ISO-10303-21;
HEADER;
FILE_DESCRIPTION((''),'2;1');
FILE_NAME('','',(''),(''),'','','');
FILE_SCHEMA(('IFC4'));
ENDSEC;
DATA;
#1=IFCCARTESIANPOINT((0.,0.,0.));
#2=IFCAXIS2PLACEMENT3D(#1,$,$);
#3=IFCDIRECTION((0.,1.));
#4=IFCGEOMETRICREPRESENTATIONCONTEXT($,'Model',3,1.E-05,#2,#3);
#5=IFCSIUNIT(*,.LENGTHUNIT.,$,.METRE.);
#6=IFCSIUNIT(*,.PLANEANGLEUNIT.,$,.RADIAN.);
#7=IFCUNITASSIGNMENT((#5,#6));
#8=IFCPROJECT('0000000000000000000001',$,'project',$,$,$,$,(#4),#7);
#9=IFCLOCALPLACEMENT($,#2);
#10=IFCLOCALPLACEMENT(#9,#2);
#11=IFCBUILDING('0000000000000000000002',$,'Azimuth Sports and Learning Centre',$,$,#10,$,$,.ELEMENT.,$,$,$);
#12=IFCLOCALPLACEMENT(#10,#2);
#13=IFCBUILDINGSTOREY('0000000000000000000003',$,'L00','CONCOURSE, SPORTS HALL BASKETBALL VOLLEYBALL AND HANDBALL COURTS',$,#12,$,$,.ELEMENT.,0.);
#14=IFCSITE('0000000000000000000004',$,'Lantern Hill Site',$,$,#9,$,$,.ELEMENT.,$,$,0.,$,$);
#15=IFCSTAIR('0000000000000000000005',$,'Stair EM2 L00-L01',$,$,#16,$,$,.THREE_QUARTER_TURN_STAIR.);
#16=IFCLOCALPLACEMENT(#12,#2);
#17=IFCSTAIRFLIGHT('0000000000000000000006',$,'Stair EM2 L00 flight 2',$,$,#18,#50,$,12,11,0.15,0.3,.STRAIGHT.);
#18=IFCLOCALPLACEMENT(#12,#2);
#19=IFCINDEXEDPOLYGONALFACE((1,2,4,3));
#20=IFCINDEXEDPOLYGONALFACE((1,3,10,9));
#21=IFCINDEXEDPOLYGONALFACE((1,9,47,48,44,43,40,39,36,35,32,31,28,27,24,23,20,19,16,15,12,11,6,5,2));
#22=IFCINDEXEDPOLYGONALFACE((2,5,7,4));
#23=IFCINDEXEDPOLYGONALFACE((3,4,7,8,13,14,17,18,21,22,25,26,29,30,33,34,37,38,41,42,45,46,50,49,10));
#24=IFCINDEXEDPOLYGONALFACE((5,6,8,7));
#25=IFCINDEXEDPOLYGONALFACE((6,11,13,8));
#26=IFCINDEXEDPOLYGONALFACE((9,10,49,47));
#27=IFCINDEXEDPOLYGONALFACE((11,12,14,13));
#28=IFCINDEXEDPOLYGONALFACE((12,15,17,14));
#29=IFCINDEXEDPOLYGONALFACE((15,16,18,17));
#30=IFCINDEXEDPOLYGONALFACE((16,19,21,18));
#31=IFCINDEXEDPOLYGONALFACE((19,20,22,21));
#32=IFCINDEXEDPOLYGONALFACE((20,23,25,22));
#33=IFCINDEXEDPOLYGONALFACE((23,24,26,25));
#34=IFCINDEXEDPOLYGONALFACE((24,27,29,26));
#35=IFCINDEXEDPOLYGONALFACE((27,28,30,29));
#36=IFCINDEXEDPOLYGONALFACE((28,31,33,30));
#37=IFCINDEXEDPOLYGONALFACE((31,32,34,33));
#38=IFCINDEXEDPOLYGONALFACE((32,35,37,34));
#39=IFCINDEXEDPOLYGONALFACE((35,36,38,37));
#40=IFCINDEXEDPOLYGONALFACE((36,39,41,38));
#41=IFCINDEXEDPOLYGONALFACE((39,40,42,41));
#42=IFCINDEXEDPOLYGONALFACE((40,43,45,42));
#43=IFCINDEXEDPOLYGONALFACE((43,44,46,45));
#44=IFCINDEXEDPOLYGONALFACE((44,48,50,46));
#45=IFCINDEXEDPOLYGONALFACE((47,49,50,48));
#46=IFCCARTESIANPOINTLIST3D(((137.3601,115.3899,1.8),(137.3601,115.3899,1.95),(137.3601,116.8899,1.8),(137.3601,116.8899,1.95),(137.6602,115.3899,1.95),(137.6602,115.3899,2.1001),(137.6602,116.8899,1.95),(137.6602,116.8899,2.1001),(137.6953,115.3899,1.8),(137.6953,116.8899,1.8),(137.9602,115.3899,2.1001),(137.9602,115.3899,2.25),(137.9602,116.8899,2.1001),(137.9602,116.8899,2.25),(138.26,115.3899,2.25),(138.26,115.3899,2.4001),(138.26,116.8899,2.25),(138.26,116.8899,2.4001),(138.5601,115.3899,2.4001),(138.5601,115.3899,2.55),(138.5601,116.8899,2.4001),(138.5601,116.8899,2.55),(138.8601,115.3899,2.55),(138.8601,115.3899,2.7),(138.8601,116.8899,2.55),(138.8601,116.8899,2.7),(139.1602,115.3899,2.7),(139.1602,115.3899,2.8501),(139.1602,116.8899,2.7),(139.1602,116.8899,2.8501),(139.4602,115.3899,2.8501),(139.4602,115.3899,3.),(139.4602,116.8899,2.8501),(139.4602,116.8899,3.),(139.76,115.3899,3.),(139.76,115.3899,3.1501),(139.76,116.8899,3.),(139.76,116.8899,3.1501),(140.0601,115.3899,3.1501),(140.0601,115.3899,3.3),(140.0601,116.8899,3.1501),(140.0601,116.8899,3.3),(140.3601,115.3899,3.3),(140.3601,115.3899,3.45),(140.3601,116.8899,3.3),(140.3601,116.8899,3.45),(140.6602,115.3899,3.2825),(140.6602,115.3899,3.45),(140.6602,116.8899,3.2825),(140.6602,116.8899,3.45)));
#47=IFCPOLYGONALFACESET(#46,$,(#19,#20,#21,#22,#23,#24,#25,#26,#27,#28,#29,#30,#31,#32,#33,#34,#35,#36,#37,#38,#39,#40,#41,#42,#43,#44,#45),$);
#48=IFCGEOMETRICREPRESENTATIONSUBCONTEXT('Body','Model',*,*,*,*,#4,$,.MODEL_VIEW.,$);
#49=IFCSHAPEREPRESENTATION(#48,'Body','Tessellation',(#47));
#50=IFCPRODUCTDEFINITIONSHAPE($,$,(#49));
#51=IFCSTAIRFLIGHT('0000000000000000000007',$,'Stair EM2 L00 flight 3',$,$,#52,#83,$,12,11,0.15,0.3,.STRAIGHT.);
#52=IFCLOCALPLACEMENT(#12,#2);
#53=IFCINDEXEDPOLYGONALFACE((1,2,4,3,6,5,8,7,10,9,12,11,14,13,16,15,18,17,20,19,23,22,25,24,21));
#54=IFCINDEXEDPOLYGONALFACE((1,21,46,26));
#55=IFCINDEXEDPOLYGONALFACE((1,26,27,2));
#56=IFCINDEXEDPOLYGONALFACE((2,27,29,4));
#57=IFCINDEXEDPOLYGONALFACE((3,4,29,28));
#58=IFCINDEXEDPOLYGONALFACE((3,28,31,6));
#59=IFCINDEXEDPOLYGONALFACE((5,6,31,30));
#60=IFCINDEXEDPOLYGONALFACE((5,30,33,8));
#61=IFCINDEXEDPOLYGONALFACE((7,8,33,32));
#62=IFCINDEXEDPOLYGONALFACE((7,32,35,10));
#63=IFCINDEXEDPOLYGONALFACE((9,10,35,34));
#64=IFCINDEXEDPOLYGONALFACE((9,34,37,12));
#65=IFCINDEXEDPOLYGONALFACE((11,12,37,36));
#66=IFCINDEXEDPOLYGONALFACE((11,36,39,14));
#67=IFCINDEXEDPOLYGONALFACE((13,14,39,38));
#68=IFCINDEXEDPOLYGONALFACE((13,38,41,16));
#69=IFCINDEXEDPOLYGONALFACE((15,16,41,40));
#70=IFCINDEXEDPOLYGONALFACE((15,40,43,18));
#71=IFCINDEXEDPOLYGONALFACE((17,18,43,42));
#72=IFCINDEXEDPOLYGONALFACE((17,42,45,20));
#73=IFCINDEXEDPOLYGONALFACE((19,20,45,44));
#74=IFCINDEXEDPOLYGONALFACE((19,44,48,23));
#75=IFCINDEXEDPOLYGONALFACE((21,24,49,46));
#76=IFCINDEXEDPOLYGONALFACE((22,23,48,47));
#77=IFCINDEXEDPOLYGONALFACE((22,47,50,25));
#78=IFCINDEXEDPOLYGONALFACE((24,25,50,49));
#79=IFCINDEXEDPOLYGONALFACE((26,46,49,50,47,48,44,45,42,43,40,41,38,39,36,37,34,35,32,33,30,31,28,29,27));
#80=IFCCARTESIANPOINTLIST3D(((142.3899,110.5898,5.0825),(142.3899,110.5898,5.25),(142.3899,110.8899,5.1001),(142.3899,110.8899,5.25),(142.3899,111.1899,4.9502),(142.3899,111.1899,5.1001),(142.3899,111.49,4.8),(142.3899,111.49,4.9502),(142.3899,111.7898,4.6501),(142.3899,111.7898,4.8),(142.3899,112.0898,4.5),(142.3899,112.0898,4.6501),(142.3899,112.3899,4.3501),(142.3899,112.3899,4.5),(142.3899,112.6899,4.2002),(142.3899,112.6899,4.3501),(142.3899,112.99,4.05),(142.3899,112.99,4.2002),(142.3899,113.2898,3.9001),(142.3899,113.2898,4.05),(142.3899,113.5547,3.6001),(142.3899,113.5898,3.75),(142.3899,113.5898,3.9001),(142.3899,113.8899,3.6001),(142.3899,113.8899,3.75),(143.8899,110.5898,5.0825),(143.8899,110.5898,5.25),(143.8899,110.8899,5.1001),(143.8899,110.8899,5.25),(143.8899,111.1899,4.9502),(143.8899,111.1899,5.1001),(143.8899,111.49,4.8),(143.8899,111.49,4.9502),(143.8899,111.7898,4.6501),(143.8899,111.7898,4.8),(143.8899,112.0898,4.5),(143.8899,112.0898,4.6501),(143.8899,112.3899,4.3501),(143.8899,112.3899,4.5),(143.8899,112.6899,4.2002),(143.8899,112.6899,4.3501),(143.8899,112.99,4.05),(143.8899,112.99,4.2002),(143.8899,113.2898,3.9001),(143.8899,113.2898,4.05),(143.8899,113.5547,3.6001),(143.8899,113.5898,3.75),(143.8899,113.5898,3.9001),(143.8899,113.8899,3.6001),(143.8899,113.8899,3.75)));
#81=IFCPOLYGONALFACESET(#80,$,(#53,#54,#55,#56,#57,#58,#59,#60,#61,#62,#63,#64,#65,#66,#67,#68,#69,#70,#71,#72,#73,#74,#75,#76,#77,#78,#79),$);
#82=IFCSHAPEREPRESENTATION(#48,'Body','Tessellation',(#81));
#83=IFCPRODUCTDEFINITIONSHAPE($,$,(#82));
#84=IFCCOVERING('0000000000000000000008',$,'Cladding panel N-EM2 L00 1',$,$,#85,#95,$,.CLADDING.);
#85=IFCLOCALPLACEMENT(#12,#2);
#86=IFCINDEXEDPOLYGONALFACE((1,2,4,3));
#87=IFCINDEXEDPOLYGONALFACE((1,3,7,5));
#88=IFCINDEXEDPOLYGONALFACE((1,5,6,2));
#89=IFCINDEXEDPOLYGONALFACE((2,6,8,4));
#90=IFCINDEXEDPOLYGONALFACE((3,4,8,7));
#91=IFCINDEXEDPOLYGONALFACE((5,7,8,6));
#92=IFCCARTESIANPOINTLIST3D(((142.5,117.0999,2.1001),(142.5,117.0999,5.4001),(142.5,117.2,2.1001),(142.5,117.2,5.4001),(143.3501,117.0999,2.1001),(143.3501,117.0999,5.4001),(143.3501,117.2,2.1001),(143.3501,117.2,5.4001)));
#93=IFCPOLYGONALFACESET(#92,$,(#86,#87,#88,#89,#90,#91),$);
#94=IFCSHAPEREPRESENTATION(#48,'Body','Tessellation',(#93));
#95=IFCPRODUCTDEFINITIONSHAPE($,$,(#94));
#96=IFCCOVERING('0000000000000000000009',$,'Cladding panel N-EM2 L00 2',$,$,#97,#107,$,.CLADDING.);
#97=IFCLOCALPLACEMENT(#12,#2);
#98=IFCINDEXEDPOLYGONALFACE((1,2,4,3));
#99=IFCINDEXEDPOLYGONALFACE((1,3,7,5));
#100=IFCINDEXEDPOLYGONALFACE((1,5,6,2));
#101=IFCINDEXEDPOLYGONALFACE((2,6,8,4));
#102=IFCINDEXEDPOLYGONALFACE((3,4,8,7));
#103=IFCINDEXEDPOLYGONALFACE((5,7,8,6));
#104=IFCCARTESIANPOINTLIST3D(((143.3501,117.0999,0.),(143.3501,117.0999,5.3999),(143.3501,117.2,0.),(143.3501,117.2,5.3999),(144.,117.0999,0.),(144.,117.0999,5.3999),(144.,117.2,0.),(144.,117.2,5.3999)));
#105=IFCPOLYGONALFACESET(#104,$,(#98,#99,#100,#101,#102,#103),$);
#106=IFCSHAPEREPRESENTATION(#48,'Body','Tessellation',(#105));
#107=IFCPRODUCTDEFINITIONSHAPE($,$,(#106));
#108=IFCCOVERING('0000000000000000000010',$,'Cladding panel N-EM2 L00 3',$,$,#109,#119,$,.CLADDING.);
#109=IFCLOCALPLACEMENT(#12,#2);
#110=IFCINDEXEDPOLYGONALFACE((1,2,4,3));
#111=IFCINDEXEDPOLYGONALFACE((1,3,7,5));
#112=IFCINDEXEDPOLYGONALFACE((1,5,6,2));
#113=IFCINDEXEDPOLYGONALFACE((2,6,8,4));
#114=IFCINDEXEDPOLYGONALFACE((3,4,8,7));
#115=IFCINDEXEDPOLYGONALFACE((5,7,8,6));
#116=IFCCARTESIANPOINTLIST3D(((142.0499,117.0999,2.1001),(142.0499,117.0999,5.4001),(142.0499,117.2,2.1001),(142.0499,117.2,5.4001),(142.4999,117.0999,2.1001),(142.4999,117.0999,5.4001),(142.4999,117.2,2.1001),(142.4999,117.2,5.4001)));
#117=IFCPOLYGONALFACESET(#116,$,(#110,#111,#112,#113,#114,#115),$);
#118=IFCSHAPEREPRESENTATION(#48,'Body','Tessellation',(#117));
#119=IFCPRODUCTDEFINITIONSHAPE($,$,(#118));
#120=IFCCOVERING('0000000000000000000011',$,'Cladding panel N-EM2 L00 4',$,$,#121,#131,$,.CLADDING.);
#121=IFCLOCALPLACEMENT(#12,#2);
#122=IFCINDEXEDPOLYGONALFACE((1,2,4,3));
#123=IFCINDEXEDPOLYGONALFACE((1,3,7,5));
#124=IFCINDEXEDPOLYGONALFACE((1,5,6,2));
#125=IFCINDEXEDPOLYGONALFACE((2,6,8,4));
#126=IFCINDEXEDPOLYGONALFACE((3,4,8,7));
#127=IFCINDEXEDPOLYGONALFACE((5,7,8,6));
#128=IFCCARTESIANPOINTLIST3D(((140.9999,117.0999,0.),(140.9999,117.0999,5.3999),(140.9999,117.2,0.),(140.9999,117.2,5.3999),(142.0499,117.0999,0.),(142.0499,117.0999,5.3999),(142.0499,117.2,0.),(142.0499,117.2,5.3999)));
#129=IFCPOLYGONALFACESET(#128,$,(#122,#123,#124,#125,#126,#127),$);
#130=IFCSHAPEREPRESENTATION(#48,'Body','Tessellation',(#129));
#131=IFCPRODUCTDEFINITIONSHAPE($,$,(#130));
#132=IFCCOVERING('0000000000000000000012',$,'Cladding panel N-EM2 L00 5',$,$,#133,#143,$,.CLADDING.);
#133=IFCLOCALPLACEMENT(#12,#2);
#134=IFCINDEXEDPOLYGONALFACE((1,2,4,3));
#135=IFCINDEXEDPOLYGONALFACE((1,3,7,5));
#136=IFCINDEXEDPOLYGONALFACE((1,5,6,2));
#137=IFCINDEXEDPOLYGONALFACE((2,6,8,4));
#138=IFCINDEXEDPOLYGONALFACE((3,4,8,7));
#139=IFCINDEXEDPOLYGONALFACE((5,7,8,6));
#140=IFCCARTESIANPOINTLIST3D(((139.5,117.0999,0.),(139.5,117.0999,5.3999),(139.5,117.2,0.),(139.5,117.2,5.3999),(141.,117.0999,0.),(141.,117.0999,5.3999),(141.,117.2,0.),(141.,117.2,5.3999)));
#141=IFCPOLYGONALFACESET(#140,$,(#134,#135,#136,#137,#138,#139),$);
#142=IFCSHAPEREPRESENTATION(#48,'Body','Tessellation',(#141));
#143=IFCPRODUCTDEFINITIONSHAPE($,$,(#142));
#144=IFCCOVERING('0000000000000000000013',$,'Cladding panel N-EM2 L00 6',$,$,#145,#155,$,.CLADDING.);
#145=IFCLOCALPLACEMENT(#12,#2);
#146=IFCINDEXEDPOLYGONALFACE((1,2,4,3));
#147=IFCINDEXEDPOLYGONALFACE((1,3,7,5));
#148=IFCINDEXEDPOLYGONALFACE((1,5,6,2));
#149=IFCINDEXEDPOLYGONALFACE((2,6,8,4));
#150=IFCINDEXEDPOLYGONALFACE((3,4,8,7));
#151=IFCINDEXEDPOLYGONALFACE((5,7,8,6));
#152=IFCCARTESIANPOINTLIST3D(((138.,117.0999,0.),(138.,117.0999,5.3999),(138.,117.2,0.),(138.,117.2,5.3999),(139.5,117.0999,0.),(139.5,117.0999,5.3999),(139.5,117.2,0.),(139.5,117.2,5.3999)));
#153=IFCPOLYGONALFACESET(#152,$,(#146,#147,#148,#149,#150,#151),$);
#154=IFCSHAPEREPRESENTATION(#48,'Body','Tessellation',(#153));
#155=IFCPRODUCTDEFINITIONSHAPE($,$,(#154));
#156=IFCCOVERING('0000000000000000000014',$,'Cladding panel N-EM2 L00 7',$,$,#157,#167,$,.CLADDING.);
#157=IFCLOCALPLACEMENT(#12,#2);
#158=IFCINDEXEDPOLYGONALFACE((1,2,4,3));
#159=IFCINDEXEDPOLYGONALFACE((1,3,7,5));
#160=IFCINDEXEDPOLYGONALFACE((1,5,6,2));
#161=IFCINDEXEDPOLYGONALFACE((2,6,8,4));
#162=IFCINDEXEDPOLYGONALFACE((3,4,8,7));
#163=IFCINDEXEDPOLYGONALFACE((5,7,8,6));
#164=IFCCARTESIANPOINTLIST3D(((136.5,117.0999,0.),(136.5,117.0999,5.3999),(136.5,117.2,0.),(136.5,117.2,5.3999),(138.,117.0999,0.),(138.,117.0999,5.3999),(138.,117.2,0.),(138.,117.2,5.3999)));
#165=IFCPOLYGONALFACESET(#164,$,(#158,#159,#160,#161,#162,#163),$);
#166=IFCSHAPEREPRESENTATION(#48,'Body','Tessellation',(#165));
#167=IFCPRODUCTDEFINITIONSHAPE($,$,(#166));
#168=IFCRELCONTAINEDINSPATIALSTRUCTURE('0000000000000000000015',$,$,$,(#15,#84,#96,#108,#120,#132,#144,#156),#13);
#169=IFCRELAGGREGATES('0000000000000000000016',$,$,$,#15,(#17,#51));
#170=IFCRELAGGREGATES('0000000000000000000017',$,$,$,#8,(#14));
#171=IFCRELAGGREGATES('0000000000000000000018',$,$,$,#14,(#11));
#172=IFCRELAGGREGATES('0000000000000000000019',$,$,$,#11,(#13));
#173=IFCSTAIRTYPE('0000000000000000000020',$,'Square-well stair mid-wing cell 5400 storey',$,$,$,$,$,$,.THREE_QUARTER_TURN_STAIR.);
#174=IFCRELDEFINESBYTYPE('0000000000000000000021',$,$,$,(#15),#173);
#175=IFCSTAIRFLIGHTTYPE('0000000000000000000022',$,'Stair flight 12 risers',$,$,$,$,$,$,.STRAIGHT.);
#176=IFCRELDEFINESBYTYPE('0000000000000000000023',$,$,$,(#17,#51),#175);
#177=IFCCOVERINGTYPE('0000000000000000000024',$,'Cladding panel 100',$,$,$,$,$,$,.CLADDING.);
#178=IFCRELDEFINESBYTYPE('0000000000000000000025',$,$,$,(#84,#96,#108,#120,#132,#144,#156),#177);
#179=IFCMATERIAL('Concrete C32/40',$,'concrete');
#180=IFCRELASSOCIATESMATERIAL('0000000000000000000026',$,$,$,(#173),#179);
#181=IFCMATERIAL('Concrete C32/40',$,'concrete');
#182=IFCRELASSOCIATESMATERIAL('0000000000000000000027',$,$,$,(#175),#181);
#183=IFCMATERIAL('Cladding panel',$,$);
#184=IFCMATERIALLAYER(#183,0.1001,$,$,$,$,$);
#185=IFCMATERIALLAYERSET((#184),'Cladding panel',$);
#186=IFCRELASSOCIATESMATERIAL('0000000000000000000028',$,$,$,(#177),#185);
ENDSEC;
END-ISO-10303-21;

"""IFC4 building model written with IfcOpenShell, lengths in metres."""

from ifc_helpers import new_model, si_unit, direction, frame, origin, origin_2d, place, context, subcontext, project, spatial, polyline, rectangle, outline, extrude, material, layer, layer_set, type_object, element, aggregate, save


model = new_model("IFC4")

# Units and contexts
model_context = context("Model", 3, precision=1e-05, world=origin(), true_north=direction((0.0, 1.0)))
body_context = subcontext(model_context, "Body", "Model", "MODEL_VIEW")
ifc_project = project(units=[si_unit("LENGTHUNIT", "METRE"), si_unit("PLANEANGLEUNIT", "RADIAN")], contexts=[model_context])

# Site, building, storey
site_placement = place(None, origin())
site = spatial("IfcSite", under=ifc_project, at=site_placement, Name="Lantern Hill Site", CompositionType="ELEMENT", RefElevation=0.0)
building_placement = place(site_placement, origin())
building = spatial("IfcBuilding", under=site, at=building_placement, Name="Azimuth Sports and Learning Centre", CompositionType="ELEMENT")
storey_placement = place(building_placement, origin())
storey = spatial("IfcBuildingStorey", under=building, at=storey_placement, Name="L00", Description="CONCOURSE, SPORTS HALL BASKETBALL VOLLEYBALL AND HANDBALL COURTS", CompositionType="ELEMENT", Elevation=0.0)

# Stair, stair flights
ifc_material_1 = material(Name="Concrete C32/40", Category="concrete")
stair_type = type_object("IfcStairType", Name="Square-well stair mid-wing cell 5400 storey", PredefinedType="THREE_QUARTER_TURN_STAIR", material=ifc_material_1)
stair_placement = place(storey_placement, origin())
stair = element("IfcStair", 1, at=stair_placement, inside=storey, type_object=stair_type, Name="Stair EM2 L00-L01", PredefinedType="THREE_QUARTER_TURN_STAIR")
ifc_material_2 = material(Name="Concrete C32/40", Category="concrete")
stair_flight_type = type_object("IfcStairFlightType", Name="Stair flight 12 risers", PredefinedType="STRAIGHT", material=ifc_material_2)
stair_flight_1_placement = place(storey_placement, frame((137.3601, 116.1399, 1.8), z_axis=(0.0, 0.0, 1.0), x_axis=(1.0, 0.0, 0.0)))
stair_flight_1 = element("IfcStairFlight", 2, at=stair_flight_1_placement, type_object=stair_flight_type, Name="Stair EM2 L00 flight 2", NumberOfRisers=12, NumberOfTreads=11, PredefinedType="STRAIGHT", RiserHeight=0.15, TreadLength=0.3, context=body_context, shape_type="SweptSolid", body=[
    extrude(outline(polyline([(0.0, 0.0), (0.0, 0.1499), (0.3, 0.1499), (0.3, 0.3), (0.6001, 0.3), (0.6001, 0.45), (0.8999, 0.45), (0.8999, 0.6001), (1.2, 0.6001), (1.2, 0.75), (1.5, 0.75), (1.5, 0.8999), (1.8, 0.8999), (1.8, 1.05), (2.1001, 1.05), (2.1001, 1.2), (2.3999, 1.2), (2.3999, 1.3501), (2.7, 1.3501), (2.7, 1.5), (3.0, 1.5), (3.0, 1.6499), (3.3, 1.6499), (3.3, 1.8), (3.3, 1.4824), (0.3352, 0.0), (0.0, 0.0)])), frame((0.0, 0.75, 0.0), z_axis=(0.0, -1.0, 0.0), x_axis=(1.0, 0.0, 0.0)), (0.0, 0.0, 1.0), 1.5),
])
stair_flight_2_placement = place(storey_placement, frame((143.1399, 113.8899, 3.6001), z_axis=(0.0, 0.0, 1.0), x_axis=(0.0, -1.0, 0.0)))
stair_flight_2 = element("IfcStairFlight", 3, at=stair_flight_2_placement, type_object=stair_flight_type, Name="Stair EM2 L00 flight 3", NumberOfRisers=12, NumberOfTreads=11, PredefinedType="STRAIGHT", RiserHeight=0.15, TreadLength=0.3, context=body_context, shape_type="SweptSolid", body=[
    extrude(outline(polyline([(0.0, 0.0), (0.0, 0.1499), (0.3, 0.1499), (0.3, 0.3), (0.6001, 0.3), (0.6001, 0.45), (0.8999, 0.45), (0.8999, 0.6001), (1.2, 0.6001), (1.2, 0.75), (1.5, 0.75), (1.5, 0.8999), (1.8, 0.8999), (1.8, 1.05), (2.1001, 1.05), (2.1001, 1.2), (2.3999, 1.2), (2.3999, 1.3501), (2.7, 1.3501), (2.7, 1.5), (3.0, 1.5), (3.0, 1.6499), (3.3, 1.6499), (3.3, 1.8), (3.3, 1.4824), (0.3352, 0.0), (0.0, 0.0)])), frame((0.0, 0.75, 0.0), z_axis=(0.0, -1.0, 0.0), x_axis=(1.0, 0.0, 0.0)), (0.0, 0.0, 1.0), 1.5),
])
aggregate(stair, [stair_flight_1, stair_flight_2])

# Coverings
ifc_material_3 = material(Name="Cladding panel")
ifc_layer_1 = layer(ifc_material_3, 0.1001)
ifc_layer_set_1 = layer_set([ifc_layer_1], Name="Cladding panel")
covering_type = type_object("IfcCoveringType", Name="Cladding panel 100", PredefinedType="CLADDING", material=ifc_layer_set_1)
covering_1_placement = place(storey_placement, frame((142.925, 117.1499, 2.1001), z_axis=(0.0, 0.0, 1.0), x_axis=(-1.0, 0.0, 0.0)))
element("IfcCovering", 4, at=covering_1_placement, inside=storey, type_object=covering_type, Name="Cladding panel N-EM2 L00 1", PredefinedType="CLADDING", context=body_context, shape_type="SweptSolid", body=[
    extrude(rectangle(XDim=0.8501, YDim=0.1001, at=origin_2d()), origin(), (0.0, 0.0, 1.0), 3.3),
])
covering_2_placement = place(storey_placement, frame((143.675, 117.1499, 0.0), z_axis=(0.0, 0.0, 1.0), x_axis=(-1.0, 0.0, 0.0)))
element("IfcCovering", 5, at=covering_2_placement, inside=storey, type_object=covering_type, Name="Cladding panel N-EM2 L00 2", PredefinedType="CLADDING", context=body_context, shape_type="SweptSolid", body=[
    extrude(rectangle(XDim=0.6499, YDim=0.1001, at=origin_2d()), origin(), (0.0, 0.0, 1.0), 5.3999),
])
covering_3_placement = place(storey_placement, frame((142.2749, 117.1499, 2.1001), z_axis=(0.0, 0.0, 1.0), x_axis=(-1.0, 0.0, 0.0)))
element("IfcCovering", 6, at=covering_3_placement, inside=storey, type_object=covering_type, Name="Cladding panel N-EM2 L00 3", PredefinedType="CLADDING", context=body_context, shape_type="SweptSolid", body=[
    extrude(rectangle(XDim=0.45, YDim=0.1001, at=origin_2d()), origin(), (0.0, 0.0, 1.0), 3.3),
])
covering_4_placement = place(storey_placement, frame((141.5249, 117.1499, 0.0), z_axis=(0.0, 0.0, 1.0), x_axis=(-1.0, 0.0, 0.0)))
element("IfcCovering", 7, at=covering_4_placement, inside=storey, type_object=covering_type, Name="Cladding panel N-EM2 L00 4", PredefinedType="CLADDING", context=body_context, shape_type="SweptSolid", body=[
    extrude(rectangle(XDim=1.05, YDim=0.1001, at=origin_2d()), origin(), (0.0, 0.0, 1.0), 5.3999),
])
for number, where, z_axis, x_axis, name in (
    (8, (140.25, 117.1499, 0.0), (0.0, 0.0, 1.0), (-1.0, 0.0, 0.0), "Cladding panel N-EM2 L00 5"),
    (9, (138.75, 117.1499, 0.0), (0.0, 0.0, 1.0), (-1.0, 0.0, 0.0), "Cladding panel N-EM2 L00 6"),
    (10, (137.25, 117.1499, 0.0), (0.0, 0.0, 1.0), (-1.0, 0.0, 0.0), "Cladding panel N-EM2 L00 7"),
):
    element("IfcCovering", number, at=place(storey_placement, frame(where, z_axis=z_axis, x_axis=x_axis)), inside=storey, type_object=covering_type, Name=name, PredefinedType="CLADDING", context=body_context, shape_type="SweptSolid", body=[
        extrude(rectangle(XDim=1.5, YDim=0.1001, at=origin_2d()), origin(), (0.0, 0.0, 1.0), 5.3999),
    ])

save(model, "model.ifc")
